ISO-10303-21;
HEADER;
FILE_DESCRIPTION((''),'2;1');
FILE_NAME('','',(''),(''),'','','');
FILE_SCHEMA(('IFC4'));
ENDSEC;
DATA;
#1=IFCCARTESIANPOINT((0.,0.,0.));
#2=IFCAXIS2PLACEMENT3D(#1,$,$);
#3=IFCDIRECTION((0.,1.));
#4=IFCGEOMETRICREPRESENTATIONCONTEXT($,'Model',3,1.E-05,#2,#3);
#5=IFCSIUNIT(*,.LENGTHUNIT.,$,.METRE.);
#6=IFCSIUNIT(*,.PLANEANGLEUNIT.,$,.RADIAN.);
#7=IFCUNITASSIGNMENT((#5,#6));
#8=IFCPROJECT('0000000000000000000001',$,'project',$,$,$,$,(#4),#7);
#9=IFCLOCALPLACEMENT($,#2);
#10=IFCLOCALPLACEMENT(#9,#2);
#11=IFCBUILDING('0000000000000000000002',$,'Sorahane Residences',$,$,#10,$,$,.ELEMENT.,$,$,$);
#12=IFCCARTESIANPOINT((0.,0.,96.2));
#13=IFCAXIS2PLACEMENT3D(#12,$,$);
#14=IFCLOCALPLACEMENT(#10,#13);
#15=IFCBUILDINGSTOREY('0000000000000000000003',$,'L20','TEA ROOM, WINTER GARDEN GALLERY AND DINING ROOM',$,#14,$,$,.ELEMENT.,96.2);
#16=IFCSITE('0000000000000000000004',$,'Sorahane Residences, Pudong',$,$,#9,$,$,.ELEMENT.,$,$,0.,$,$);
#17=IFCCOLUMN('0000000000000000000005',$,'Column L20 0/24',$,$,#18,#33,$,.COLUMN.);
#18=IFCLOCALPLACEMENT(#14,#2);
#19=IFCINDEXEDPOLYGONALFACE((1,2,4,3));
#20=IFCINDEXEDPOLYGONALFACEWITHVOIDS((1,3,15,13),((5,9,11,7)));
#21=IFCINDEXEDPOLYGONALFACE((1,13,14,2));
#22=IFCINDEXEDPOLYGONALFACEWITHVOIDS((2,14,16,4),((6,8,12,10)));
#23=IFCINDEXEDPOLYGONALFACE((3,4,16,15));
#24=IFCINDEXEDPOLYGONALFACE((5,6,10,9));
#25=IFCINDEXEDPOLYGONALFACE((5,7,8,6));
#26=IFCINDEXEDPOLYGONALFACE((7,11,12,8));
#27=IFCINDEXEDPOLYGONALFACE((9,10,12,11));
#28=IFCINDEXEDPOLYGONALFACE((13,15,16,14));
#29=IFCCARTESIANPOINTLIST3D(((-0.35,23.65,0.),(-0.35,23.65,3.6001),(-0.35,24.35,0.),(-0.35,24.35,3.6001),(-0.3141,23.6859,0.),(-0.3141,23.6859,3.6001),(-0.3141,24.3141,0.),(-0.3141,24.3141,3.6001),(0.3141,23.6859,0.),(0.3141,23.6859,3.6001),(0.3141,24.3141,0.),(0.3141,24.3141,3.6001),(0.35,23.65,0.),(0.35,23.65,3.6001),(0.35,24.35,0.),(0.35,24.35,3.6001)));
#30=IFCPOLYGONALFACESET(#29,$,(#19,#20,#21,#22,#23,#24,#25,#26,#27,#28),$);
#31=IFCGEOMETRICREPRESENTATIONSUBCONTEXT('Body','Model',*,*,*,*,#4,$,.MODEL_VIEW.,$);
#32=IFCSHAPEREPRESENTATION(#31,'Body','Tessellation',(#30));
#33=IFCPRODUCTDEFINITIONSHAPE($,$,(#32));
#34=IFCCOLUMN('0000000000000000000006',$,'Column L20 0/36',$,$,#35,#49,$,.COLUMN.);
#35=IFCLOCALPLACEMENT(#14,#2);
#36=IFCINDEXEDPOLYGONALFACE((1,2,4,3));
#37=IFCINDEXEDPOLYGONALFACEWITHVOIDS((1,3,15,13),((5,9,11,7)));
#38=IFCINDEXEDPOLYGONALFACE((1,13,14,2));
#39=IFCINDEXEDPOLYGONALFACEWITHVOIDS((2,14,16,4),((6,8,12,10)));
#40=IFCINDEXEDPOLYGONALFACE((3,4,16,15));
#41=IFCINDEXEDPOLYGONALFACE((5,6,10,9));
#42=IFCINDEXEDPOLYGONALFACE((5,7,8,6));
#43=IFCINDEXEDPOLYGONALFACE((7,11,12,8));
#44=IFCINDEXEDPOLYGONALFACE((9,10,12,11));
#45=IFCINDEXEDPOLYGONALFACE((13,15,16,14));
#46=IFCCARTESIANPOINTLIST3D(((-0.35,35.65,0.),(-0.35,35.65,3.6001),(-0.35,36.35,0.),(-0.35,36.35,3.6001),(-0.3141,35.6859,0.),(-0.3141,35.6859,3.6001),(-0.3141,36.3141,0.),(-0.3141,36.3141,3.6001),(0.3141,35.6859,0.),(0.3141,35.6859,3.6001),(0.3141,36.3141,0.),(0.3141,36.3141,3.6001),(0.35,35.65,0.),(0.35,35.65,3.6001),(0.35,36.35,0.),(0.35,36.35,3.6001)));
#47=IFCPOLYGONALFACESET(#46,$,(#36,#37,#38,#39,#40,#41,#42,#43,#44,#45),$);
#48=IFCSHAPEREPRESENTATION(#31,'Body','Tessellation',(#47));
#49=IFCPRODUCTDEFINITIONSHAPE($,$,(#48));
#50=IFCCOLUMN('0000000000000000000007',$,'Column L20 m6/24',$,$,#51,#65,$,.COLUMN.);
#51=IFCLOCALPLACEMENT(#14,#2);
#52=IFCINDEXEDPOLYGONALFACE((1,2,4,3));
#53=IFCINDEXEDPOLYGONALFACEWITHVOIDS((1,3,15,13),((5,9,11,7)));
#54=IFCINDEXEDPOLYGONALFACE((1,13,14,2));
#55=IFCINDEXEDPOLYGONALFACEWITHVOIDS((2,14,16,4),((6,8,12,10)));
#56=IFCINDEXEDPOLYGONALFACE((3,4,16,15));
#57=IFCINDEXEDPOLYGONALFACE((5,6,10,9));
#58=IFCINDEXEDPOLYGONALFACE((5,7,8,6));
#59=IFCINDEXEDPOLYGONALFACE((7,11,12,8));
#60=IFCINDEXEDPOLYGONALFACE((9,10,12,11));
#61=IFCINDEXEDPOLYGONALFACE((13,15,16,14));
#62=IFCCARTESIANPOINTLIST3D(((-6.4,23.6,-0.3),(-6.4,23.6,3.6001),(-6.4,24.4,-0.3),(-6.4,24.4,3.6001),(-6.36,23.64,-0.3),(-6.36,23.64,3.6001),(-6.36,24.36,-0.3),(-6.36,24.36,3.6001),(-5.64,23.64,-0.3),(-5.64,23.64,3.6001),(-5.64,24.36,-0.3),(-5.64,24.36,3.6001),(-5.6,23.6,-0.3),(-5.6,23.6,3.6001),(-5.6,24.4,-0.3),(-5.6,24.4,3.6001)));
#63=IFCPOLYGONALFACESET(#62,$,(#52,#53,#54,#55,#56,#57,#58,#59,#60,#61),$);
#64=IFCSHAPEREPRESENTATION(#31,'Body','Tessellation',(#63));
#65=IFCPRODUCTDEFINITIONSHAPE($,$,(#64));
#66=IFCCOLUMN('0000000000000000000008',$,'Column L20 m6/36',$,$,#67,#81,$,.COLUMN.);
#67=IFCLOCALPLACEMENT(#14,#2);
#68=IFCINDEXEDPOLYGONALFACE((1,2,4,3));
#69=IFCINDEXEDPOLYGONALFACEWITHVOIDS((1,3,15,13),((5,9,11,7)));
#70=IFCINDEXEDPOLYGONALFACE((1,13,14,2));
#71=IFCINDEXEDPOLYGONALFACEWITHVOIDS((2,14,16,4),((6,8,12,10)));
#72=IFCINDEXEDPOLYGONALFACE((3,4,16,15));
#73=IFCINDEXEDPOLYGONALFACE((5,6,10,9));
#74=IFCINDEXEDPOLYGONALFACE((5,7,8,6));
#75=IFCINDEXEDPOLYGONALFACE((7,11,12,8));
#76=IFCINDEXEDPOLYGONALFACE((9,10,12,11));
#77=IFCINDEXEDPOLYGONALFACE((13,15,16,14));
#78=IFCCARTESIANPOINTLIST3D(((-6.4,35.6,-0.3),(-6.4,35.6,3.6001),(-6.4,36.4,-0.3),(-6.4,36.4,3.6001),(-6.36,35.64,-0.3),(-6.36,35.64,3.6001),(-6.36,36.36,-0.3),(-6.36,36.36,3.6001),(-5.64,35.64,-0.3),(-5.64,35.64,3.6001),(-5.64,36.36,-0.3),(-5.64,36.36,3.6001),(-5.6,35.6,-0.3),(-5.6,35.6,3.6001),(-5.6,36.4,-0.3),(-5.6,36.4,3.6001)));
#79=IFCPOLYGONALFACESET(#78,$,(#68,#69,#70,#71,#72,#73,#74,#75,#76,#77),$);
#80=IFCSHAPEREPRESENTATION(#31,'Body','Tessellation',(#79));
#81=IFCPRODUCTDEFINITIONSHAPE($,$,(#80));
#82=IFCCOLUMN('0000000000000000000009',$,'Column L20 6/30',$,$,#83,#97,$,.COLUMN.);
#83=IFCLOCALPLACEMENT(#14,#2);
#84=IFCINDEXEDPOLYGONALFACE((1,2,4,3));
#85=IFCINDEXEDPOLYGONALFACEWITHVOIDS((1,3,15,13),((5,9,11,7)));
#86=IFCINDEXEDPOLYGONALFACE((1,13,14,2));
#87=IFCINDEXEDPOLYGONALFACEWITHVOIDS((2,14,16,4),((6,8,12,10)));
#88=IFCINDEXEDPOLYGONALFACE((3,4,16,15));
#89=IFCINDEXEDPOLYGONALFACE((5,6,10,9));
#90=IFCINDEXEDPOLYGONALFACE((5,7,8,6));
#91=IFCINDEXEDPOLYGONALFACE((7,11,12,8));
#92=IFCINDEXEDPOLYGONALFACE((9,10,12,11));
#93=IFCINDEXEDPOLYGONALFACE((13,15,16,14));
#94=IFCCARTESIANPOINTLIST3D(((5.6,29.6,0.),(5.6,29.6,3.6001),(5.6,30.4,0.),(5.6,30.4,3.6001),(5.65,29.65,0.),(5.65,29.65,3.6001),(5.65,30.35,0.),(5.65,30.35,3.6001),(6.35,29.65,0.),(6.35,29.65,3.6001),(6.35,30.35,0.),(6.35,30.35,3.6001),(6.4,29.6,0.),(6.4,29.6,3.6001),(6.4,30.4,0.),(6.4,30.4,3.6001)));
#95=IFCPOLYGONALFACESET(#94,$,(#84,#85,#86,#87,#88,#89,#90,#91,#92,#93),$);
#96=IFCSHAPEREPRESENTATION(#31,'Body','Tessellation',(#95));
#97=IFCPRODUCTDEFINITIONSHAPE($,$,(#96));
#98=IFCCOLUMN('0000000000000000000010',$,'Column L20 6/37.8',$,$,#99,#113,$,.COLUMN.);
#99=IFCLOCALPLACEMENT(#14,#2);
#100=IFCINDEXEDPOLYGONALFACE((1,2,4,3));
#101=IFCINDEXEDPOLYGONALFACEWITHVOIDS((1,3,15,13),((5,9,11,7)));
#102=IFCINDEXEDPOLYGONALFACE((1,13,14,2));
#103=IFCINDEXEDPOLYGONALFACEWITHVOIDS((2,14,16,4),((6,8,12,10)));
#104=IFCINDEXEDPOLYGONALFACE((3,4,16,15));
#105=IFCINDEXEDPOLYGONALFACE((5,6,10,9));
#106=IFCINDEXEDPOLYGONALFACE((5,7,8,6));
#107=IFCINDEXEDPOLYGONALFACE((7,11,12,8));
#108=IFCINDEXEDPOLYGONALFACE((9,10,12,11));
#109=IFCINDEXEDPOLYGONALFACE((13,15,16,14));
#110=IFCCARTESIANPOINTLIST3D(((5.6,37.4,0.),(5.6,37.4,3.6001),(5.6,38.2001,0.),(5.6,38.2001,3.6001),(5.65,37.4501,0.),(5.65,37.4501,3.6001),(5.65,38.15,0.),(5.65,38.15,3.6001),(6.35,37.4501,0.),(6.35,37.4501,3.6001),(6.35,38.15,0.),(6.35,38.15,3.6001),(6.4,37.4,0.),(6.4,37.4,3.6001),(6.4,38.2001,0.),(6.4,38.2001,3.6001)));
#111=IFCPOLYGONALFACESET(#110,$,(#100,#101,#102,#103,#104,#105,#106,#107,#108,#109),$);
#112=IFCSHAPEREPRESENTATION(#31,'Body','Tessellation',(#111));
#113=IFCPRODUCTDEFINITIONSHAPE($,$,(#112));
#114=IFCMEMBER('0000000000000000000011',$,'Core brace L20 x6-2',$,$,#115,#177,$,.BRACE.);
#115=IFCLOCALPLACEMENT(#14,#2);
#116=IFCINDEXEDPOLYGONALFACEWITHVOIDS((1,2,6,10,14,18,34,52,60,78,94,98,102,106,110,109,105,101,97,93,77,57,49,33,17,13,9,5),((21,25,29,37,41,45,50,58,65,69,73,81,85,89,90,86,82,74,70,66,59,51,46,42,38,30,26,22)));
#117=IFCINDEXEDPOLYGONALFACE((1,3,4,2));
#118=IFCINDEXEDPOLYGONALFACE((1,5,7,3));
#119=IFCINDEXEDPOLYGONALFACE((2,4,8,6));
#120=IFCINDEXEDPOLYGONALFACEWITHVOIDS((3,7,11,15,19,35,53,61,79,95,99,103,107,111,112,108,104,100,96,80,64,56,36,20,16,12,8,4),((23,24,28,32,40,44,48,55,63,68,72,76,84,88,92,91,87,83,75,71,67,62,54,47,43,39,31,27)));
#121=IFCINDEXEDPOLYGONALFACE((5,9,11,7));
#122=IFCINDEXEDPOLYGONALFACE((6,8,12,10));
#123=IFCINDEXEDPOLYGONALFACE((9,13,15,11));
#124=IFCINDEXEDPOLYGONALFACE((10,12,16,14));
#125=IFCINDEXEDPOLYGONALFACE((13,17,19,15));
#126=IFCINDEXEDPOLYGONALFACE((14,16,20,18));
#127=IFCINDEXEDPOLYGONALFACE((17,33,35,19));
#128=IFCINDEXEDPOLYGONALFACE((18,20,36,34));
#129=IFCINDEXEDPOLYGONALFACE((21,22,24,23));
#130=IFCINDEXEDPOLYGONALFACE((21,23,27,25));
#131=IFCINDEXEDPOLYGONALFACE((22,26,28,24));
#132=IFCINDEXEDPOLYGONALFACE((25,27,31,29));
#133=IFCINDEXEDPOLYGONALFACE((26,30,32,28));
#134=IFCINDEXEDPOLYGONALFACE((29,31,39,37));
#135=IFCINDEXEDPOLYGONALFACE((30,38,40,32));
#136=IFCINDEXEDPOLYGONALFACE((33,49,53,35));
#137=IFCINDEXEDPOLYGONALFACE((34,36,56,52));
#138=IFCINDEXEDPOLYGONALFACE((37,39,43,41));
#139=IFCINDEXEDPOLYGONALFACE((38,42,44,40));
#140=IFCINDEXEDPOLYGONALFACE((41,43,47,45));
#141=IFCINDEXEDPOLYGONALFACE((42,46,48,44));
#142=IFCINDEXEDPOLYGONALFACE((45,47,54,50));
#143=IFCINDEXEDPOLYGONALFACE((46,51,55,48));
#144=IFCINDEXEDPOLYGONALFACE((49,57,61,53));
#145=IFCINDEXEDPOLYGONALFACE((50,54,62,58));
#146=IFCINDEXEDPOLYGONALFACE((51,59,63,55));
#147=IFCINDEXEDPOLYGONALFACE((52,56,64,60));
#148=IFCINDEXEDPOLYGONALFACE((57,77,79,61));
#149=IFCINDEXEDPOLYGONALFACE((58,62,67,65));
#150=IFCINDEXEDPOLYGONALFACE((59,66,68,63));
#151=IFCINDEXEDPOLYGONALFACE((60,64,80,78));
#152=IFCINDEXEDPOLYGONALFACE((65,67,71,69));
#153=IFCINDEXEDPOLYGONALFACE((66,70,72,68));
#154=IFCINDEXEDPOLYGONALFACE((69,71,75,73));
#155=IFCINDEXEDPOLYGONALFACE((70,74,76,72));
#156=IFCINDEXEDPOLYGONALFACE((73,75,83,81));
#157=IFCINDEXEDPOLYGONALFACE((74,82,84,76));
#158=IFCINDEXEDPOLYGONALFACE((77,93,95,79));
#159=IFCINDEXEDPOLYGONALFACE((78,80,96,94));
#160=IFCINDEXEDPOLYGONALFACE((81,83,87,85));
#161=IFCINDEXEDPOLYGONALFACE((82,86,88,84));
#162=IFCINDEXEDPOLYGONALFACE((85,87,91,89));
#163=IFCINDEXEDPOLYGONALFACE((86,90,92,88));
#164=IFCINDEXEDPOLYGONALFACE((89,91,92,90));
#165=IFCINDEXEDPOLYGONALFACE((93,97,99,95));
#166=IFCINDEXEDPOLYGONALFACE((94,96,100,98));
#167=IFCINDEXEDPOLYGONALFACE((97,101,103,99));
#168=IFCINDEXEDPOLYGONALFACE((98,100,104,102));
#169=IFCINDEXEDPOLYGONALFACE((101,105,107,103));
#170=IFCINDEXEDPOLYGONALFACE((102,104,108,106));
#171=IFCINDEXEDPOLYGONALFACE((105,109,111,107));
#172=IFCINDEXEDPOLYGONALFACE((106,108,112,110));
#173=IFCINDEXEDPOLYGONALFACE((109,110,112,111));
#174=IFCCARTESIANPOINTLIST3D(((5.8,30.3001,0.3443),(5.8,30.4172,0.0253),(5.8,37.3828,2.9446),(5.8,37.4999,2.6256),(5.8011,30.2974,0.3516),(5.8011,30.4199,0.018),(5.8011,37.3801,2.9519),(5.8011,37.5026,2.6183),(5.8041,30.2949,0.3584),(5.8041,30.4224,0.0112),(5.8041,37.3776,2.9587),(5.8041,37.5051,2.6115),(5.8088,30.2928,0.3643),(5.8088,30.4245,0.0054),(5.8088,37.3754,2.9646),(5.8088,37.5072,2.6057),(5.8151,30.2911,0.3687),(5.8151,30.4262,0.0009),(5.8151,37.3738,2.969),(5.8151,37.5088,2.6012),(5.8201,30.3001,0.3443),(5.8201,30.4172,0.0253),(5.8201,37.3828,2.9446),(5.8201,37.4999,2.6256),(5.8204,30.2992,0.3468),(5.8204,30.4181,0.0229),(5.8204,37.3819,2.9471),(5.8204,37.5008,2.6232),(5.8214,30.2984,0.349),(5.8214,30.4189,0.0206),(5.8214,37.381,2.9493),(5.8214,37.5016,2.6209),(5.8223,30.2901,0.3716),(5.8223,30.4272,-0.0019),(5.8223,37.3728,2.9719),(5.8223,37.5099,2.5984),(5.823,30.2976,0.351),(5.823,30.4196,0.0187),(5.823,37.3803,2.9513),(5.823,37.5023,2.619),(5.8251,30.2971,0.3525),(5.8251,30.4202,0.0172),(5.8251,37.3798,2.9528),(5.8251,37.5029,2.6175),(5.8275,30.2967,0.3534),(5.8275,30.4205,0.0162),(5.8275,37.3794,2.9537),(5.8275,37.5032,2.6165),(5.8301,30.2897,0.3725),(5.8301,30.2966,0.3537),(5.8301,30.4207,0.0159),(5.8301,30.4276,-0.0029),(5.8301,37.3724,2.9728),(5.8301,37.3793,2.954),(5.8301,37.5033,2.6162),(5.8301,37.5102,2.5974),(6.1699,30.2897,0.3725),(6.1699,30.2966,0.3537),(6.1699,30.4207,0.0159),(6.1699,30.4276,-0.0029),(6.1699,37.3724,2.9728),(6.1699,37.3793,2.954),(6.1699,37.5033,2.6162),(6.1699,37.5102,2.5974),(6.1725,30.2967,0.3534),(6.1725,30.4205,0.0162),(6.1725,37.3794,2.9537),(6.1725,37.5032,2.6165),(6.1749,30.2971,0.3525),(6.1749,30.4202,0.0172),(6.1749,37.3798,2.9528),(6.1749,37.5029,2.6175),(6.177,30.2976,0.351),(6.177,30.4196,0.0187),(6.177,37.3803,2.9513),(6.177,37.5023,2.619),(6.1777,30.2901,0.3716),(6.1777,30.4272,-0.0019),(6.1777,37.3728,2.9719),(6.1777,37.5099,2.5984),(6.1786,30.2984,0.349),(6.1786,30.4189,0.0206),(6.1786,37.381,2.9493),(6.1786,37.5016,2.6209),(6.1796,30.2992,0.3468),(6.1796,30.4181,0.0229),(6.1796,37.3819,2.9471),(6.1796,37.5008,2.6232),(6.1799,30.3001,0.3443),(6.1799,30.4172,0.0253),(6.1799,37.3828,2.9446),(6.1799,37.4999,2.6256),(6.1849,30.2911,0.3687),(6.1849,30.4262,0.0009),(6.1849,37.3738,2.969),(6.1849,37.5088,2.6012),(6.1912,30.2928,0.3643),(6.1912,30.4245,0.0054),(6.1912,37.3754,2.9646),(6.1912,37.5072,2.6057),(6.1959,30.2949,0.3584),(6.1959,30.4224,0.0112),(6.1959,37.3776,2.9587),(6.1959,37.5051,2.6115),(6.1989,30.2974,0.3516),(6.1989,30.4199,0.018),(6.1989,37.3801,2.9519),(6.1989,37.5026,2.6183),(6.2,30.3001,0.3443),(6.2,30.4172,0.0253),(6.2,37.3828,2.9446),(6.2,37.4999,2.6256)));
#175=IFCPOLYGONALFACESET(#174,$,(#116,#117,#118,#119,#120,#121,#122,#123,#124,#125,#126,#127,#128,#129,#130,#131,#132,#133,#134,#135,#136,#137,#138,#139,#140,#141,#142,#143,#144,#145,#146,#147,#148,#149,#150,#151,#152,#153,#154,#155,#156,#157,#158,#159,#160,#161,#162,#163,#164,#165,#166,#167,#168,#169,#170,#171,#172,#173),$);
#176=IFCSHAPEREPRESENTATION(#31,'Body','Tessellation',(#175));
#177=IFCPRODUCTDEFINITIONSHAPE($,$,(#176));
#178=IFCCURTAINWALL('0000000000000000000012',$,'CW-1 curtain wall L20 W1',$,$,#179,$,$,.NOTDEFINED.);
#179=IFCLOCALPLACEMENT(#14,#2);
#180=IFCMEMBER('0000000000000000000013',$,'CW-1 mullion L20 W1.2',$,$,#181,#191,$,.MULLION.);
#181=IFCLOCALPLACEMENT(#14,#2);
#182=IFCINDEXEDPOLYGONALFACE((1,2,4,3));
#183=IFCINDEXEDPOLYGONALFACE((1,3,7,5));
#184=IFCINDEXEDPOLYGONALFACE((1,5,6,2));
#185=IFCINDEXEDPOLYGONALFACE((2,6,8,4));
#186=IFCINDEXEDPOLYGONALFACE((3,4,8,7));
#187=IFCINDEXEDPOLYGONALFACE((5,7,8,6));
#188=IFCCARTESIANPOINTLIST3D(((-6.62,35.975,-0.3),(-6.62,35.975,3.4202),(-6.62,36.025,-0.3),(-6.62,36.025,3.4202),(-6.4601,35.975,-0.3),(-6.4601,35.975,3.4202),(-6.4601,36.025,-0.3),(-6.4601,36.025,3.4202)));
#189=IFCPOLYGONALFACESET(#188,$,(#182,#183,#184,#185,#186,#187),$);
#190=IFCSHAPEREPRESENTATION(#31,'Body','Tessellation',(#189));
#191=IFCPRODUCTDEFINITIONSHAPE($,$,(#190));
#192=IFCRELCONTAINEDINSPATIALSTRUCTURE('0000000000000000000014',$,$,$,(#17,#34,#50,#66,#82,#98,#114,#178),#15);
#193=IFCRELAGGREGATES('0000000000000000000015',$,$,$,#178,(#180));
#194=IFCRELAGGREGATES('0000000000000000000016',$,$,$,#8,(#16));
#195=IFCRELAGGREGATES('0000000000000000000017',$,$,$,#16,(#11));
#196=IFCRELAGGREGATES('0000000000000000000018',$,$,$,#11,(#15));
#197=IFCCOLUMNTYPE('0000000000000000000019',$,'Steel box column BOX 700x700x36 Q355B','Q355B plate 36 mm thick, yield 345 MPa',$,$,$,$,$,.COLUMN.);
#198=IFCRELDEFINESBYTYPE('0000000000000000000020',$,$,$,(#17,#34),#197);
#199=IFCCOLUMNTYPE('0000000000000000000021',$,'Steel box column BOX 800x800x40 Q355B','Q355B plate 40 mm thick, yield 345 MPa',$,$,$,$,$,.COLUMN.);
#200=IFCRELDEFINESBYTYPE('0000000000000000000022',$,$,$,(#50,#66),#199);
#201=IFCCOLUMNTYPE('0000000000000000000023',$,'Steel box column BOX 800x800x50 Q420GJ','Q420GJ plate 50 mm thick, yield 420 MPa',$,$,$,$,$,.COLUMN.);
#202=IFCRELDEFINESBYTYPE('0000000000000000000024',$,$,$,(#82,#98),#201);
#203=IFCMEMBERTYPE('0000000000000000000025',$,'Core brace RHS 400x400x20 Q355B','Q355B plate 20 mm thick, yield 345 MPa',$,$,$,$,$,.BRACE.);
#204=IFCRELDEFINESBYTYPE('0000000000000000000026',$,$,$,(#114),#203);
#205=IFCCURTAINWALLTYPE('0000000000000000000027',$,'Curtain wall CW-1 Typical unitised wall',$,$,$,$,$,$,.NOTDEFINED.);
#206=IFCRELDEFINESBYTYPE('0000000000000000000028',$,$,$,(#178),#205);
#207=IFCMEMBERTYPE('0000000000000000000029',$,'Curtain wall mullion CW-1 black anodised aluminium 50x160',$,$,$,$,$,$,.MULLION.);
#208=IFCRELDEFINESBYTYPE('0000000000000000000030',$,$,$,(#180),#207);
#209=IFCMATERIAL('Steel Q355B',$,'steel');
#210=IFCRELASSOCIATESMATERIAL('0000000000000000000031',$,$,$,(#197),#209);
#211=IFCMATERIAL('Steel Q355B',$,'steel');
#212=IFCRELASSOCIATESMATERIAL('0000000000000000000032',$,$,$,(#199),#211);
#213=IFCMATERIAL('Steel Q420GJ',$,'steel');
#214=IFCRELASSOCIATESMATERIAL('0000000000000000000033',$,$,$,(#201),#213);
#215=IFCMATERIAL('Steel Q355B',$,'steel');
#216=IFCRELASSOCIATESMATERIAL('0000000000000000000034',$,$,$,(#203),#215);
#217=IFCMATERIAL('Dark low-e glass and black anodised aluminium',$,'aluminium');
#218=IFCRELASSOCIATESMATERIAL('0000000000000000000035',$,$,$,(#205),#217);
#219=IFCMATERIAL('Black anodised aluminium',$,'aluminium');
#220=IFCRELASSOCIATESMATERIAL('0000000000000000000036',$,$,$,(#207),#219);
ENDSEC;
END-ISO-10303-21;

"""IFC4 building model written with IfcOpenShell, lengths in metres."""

from ifc_helpers import new_model, si_unit, direction, frame, origin, origin_2d, place, context, subcontext, project, spatial, rectangle, hollow_rectangle, extrude, material, material_profile, profile_set, type_object, element, aggregate, save


model = new_model("IFC4")

# Units and contexts
model_context = context("Model", 3, precision=1e-05, world=origin(), true_north=direction((0.0, 1.0)))
body_context = subcontext(model_context, "Body", "Model", "MODEL_VIEW")
ifc_project = project(units=[si_unit("LENGTHUNIT", "METRE"), si_unit("PLANEANGLEUNIT", "RADIAN")], contexts=[model_context])

# Site, building, storey
site_placement = place(None, origin())
site = spatial("IfcSite", under=ifc_project, at=site_placement, Name="Sorahane Residences, Pudong", CompositionType="ELEMENT", RefElevation=0.0)
building_placement = place(site_placement, origin())
building = spatial("IfcBuilding", under=site, at=building_placement, Name="Sorahane Residences", CompositionType="ELEMENT")
storey_placement = place(building_placement, frame((0.0, 0.0, 96.2)))
storey = spatial("IfcBuildingStorey", under=building, at=storey_placement, Name="L20", Description="TEA ROOM, WINTER GARDEN GALLERY AND DINING ROOM", CompositionType="ELEMENT", Elevation=96.2)

# Columns
ifc_material_1 = material(Name="Steel Q355B", Category="steel")
ifc_material_profile_1 = material_profile(ifc_material_1, hollow_rectangle(XDim=0.7, YDim=0.7, WallThickness=0.0359, at=origin_2d()), Name="BOX 700x700x36")
ifc_profile_set_1 = profile_set([ifc_material_profile_1], Name="Steel Q355B")
column_type_1 = type_object("IfcColumnType", Name="Steel box column BOX 700x700x36 Q355B", Description="Q355B plate 36 mm thick, yield 345 MPa", PredefinedType="COLUMN", material=ifc_profile_set_1)
for number, where, z_axis, x_axis, name in (
    (1, (0.0, 24.0, 0.0), (0.0, 0.0, 1.0), (1.0, 0.0, 0.0), "Column L20 0/24"),
    (2, (0.0, 36.0, 0.0), (0.0, 0.0, 1.0), (1.0, 0.0, 0.0), "Column L20 0/36"),
):
    element("IfcColumn", number, at=place(storey_placement, frame(where, z_axis=z_axis, x_axis=x_axis)), inside=storey, type_object=column_type_1, Name=name, PredefinedType="COLUMN", context=body_context, shape_type="SweptSolid", body=[
        extrude(hollow_rectangle(XDim=0.7, YDim=0.7, WallThickness=0.0359, at=origin_2d()), origin(), (0.0, 0.0, 1.0), 3.6001),
    ])
ifc_material_2 = material(Name="Steel Q355B", Category="steel")
ifc_material_profile_2 = material_profile(ifc_material_2, hollow_rectangle(XDim=0.8, YDim=0.8, WallThickness=0.04, at=origin_2d()), Name="BOX 800x800x40")
ifc_profile_set_2 = profile_set([ifc_material_profile_2], Name="Steel Q355B")
column_type_2 = type_object("IfcColumnType", Name="Steel box column BOX 800x800x40 Q355B", Description="Q355B plate 40 mm thick, yield 345 MPa", PredefinedType="COLUMN", material=ifc_profile_set_2)
for number, where, z_axis, x_axis, name in (
    (3, (-6.0, 24.0, -0.3), (0.0, 0.0, 1.0), (1.0, 0.0, 0.0), "Column L20 m6/24"),
    (4, (-6.0, 36.0, -0.3), (0.0, 0.0, 1.0), (1.0, 0.0, 0.0), "Column L20 m6/36"),
):
    element("IfcColumn", number, at=place(storey_placement, frame(where, z_axis=z_axis, x_axis=x_axis)), inside=storey, type_object=column_type_2, Name=name, PredefinedType="COLUMN", context=body_context, shape_type="SweptSolid", body=[
        extrude(hollow_rectangle(XDim=0.8, YDim=0.8, WallThickness=0.04, at=origin_2d()), origin(), (0.0, 0.0, 1.0), 3.9001),
    ])
ifc_material_3 = material(Name="Steel Q420GJ", Category="steel")
ifc_material_profile_3 = material_profile(ifc_material_3, hollow_rectangle(XDim=0.8, YDim=0.8, WallThickness=0.05, at=origin_2d()), Name="BOX 800x800x50")
ifc_profile_set_3 = profile_set([ifc_material_profile_3], Name="Steel Q420GJ")
column_type_3 = type_object("IfcColumnType", Name="Steel box column BOX 800x800x50 Q420GJ", Description="Q420GJ plate 50 mm thick, yield 420 MPa", PredefinedType="COLUMN", material=ifc_profile_set_3)
for number, where, z_axis, x_axis, name in (
    (5, (6.0, 30.0, 0.0), (0.0, 0.0, 1.0), (1.0, 0.0, 0.0), "Column L20 6/30"),
    (6, (6.0, 37.8, 0.0), (0.0, 0.0, 1.0), (1.0, 0.0, 0.0), "Column L20 6/37.8"),
):
    element("IfcColumn", number, at=place(storey_placement, frame(where, z_axis=z_axis, x_axis=x_axis)), inside=storey, type_object=column_type_3, Name=name, PredefinedType="COLUMN", context=body_context, shape_type="SweptSolid", body=[
        extrude(hollow_rectangle(XDim=0.8, YDim=0.8, WallThickness=0.05, at=origin_2d()), origin(), (0.0, 0.0, 1.0), 3.6001),
    ])

# Member
ifc_material_4 = material(Name="Steel Q355B", Category="steel")
ifc_material_profile_4 = material_profile(ifc_material_4, hollow_rectangle(XDim=0.3999, YDim=0.3999, WallThickness=0.02, InnerFilletRadius=0.01, OuterFilletRadius=0.03, at=origin_2d()), Name="RHS 400x400x20")
ifc_profile_set_4 = profile_set([ifc_material_profile_4], Name="Steel Q355B")
member_type_1 = type_object("IfcMemberType", Name="Core brace RHS 400x400x20 Q355B", Description="Q355B plate 20 mm thick, yield 345 MPa", PredefinedType="BRACE", material=ifc_profile_set_4)
member_1_placement = place(storey_placement, frame((6.0, 30.3586, 0.1848), z_axis=(0.0, 0.938734, 0.344643), x_axis=(-1.0, 0.0, 0.0)))
element("IfcMember", 7, at=member_1_placement, inside=storey, type_object=member_type_1, Name="Core brace L20 x6-2", PredefinedType="BRACE", context=body_context, shape_type="SweptSolid", body=[
    extrude(hollow_rectangle(XDim=0.3999, YDim=0.3999, WallThickness=0.02, InnerFilletRadius=0.01, OuterFilletRadius=0.03, at=origin_2d()), origin(), (0.0, 0.0, 1.0), 7.5449),
])

# Curtain wall, member
ifc_material_5 = material(Name="Dark low-e glass and black anodised aluminium", Category="aluminium")
curtain_wall_type = type_object("IfcCurtainWallType", Name="Curtain wall CW-1 Typical unitised wall", PredefinedType="NOTDEFINED", material=ifc_material_5)
curtain_wall_placement = place(storey_placement, origin())
curtain_wall = element("IfcCurtainWall", 8, at=curtain_wall_placement, inside=storey, type_object=curtain_wall_type, Name="CW-1 curtain wall L20 W1", PredefinedType="NOTDEFINED")
ifc_material_6 = material(Name="Black anodised aluminium", Category="aluminium")
ifc_material_profile_5 = material_profile(ifc_material_6, rectangle(XDim=0.1599, YDim=0.05, at=origin_2d()), Name="Curtain wall mullion CW-1 black anodised aluminium 50x160")
ifc_profile_set_5 = profile_set([ifc_material_profile_5], Name="Black anodised aluminium")
member_type_2 = type_object("IfcMemberType", Name="Curtain wall mullion CW-1 black anodised aluminium 50x160", PredefinedType="MULLION", material=ifc_profile_set_5)
member_2_placement = place(storey_placement, frame((-6.54, 36.0, -0.3), z_axis=(0.0, 0.0, 1.0), x_axis=(-1.0, 0.0, 0.0)))
member_2 = element("IfcMember", 9, at=member_2_placement, type_object=member_type_2, Name="CW-1 mullion L20 W1.2", PredefinedType="MULLION", context=body_context, shape_type="SweptSolid", body=[
    extrude(rectangle(XDim=0.1599, YDim=0.05, at=origin_2d()), origin(), (0.0, 0.0, 1.0), 3.7202),
])

aggregate(curtain_wall, [member_2])

save(model, "model.ifc")
